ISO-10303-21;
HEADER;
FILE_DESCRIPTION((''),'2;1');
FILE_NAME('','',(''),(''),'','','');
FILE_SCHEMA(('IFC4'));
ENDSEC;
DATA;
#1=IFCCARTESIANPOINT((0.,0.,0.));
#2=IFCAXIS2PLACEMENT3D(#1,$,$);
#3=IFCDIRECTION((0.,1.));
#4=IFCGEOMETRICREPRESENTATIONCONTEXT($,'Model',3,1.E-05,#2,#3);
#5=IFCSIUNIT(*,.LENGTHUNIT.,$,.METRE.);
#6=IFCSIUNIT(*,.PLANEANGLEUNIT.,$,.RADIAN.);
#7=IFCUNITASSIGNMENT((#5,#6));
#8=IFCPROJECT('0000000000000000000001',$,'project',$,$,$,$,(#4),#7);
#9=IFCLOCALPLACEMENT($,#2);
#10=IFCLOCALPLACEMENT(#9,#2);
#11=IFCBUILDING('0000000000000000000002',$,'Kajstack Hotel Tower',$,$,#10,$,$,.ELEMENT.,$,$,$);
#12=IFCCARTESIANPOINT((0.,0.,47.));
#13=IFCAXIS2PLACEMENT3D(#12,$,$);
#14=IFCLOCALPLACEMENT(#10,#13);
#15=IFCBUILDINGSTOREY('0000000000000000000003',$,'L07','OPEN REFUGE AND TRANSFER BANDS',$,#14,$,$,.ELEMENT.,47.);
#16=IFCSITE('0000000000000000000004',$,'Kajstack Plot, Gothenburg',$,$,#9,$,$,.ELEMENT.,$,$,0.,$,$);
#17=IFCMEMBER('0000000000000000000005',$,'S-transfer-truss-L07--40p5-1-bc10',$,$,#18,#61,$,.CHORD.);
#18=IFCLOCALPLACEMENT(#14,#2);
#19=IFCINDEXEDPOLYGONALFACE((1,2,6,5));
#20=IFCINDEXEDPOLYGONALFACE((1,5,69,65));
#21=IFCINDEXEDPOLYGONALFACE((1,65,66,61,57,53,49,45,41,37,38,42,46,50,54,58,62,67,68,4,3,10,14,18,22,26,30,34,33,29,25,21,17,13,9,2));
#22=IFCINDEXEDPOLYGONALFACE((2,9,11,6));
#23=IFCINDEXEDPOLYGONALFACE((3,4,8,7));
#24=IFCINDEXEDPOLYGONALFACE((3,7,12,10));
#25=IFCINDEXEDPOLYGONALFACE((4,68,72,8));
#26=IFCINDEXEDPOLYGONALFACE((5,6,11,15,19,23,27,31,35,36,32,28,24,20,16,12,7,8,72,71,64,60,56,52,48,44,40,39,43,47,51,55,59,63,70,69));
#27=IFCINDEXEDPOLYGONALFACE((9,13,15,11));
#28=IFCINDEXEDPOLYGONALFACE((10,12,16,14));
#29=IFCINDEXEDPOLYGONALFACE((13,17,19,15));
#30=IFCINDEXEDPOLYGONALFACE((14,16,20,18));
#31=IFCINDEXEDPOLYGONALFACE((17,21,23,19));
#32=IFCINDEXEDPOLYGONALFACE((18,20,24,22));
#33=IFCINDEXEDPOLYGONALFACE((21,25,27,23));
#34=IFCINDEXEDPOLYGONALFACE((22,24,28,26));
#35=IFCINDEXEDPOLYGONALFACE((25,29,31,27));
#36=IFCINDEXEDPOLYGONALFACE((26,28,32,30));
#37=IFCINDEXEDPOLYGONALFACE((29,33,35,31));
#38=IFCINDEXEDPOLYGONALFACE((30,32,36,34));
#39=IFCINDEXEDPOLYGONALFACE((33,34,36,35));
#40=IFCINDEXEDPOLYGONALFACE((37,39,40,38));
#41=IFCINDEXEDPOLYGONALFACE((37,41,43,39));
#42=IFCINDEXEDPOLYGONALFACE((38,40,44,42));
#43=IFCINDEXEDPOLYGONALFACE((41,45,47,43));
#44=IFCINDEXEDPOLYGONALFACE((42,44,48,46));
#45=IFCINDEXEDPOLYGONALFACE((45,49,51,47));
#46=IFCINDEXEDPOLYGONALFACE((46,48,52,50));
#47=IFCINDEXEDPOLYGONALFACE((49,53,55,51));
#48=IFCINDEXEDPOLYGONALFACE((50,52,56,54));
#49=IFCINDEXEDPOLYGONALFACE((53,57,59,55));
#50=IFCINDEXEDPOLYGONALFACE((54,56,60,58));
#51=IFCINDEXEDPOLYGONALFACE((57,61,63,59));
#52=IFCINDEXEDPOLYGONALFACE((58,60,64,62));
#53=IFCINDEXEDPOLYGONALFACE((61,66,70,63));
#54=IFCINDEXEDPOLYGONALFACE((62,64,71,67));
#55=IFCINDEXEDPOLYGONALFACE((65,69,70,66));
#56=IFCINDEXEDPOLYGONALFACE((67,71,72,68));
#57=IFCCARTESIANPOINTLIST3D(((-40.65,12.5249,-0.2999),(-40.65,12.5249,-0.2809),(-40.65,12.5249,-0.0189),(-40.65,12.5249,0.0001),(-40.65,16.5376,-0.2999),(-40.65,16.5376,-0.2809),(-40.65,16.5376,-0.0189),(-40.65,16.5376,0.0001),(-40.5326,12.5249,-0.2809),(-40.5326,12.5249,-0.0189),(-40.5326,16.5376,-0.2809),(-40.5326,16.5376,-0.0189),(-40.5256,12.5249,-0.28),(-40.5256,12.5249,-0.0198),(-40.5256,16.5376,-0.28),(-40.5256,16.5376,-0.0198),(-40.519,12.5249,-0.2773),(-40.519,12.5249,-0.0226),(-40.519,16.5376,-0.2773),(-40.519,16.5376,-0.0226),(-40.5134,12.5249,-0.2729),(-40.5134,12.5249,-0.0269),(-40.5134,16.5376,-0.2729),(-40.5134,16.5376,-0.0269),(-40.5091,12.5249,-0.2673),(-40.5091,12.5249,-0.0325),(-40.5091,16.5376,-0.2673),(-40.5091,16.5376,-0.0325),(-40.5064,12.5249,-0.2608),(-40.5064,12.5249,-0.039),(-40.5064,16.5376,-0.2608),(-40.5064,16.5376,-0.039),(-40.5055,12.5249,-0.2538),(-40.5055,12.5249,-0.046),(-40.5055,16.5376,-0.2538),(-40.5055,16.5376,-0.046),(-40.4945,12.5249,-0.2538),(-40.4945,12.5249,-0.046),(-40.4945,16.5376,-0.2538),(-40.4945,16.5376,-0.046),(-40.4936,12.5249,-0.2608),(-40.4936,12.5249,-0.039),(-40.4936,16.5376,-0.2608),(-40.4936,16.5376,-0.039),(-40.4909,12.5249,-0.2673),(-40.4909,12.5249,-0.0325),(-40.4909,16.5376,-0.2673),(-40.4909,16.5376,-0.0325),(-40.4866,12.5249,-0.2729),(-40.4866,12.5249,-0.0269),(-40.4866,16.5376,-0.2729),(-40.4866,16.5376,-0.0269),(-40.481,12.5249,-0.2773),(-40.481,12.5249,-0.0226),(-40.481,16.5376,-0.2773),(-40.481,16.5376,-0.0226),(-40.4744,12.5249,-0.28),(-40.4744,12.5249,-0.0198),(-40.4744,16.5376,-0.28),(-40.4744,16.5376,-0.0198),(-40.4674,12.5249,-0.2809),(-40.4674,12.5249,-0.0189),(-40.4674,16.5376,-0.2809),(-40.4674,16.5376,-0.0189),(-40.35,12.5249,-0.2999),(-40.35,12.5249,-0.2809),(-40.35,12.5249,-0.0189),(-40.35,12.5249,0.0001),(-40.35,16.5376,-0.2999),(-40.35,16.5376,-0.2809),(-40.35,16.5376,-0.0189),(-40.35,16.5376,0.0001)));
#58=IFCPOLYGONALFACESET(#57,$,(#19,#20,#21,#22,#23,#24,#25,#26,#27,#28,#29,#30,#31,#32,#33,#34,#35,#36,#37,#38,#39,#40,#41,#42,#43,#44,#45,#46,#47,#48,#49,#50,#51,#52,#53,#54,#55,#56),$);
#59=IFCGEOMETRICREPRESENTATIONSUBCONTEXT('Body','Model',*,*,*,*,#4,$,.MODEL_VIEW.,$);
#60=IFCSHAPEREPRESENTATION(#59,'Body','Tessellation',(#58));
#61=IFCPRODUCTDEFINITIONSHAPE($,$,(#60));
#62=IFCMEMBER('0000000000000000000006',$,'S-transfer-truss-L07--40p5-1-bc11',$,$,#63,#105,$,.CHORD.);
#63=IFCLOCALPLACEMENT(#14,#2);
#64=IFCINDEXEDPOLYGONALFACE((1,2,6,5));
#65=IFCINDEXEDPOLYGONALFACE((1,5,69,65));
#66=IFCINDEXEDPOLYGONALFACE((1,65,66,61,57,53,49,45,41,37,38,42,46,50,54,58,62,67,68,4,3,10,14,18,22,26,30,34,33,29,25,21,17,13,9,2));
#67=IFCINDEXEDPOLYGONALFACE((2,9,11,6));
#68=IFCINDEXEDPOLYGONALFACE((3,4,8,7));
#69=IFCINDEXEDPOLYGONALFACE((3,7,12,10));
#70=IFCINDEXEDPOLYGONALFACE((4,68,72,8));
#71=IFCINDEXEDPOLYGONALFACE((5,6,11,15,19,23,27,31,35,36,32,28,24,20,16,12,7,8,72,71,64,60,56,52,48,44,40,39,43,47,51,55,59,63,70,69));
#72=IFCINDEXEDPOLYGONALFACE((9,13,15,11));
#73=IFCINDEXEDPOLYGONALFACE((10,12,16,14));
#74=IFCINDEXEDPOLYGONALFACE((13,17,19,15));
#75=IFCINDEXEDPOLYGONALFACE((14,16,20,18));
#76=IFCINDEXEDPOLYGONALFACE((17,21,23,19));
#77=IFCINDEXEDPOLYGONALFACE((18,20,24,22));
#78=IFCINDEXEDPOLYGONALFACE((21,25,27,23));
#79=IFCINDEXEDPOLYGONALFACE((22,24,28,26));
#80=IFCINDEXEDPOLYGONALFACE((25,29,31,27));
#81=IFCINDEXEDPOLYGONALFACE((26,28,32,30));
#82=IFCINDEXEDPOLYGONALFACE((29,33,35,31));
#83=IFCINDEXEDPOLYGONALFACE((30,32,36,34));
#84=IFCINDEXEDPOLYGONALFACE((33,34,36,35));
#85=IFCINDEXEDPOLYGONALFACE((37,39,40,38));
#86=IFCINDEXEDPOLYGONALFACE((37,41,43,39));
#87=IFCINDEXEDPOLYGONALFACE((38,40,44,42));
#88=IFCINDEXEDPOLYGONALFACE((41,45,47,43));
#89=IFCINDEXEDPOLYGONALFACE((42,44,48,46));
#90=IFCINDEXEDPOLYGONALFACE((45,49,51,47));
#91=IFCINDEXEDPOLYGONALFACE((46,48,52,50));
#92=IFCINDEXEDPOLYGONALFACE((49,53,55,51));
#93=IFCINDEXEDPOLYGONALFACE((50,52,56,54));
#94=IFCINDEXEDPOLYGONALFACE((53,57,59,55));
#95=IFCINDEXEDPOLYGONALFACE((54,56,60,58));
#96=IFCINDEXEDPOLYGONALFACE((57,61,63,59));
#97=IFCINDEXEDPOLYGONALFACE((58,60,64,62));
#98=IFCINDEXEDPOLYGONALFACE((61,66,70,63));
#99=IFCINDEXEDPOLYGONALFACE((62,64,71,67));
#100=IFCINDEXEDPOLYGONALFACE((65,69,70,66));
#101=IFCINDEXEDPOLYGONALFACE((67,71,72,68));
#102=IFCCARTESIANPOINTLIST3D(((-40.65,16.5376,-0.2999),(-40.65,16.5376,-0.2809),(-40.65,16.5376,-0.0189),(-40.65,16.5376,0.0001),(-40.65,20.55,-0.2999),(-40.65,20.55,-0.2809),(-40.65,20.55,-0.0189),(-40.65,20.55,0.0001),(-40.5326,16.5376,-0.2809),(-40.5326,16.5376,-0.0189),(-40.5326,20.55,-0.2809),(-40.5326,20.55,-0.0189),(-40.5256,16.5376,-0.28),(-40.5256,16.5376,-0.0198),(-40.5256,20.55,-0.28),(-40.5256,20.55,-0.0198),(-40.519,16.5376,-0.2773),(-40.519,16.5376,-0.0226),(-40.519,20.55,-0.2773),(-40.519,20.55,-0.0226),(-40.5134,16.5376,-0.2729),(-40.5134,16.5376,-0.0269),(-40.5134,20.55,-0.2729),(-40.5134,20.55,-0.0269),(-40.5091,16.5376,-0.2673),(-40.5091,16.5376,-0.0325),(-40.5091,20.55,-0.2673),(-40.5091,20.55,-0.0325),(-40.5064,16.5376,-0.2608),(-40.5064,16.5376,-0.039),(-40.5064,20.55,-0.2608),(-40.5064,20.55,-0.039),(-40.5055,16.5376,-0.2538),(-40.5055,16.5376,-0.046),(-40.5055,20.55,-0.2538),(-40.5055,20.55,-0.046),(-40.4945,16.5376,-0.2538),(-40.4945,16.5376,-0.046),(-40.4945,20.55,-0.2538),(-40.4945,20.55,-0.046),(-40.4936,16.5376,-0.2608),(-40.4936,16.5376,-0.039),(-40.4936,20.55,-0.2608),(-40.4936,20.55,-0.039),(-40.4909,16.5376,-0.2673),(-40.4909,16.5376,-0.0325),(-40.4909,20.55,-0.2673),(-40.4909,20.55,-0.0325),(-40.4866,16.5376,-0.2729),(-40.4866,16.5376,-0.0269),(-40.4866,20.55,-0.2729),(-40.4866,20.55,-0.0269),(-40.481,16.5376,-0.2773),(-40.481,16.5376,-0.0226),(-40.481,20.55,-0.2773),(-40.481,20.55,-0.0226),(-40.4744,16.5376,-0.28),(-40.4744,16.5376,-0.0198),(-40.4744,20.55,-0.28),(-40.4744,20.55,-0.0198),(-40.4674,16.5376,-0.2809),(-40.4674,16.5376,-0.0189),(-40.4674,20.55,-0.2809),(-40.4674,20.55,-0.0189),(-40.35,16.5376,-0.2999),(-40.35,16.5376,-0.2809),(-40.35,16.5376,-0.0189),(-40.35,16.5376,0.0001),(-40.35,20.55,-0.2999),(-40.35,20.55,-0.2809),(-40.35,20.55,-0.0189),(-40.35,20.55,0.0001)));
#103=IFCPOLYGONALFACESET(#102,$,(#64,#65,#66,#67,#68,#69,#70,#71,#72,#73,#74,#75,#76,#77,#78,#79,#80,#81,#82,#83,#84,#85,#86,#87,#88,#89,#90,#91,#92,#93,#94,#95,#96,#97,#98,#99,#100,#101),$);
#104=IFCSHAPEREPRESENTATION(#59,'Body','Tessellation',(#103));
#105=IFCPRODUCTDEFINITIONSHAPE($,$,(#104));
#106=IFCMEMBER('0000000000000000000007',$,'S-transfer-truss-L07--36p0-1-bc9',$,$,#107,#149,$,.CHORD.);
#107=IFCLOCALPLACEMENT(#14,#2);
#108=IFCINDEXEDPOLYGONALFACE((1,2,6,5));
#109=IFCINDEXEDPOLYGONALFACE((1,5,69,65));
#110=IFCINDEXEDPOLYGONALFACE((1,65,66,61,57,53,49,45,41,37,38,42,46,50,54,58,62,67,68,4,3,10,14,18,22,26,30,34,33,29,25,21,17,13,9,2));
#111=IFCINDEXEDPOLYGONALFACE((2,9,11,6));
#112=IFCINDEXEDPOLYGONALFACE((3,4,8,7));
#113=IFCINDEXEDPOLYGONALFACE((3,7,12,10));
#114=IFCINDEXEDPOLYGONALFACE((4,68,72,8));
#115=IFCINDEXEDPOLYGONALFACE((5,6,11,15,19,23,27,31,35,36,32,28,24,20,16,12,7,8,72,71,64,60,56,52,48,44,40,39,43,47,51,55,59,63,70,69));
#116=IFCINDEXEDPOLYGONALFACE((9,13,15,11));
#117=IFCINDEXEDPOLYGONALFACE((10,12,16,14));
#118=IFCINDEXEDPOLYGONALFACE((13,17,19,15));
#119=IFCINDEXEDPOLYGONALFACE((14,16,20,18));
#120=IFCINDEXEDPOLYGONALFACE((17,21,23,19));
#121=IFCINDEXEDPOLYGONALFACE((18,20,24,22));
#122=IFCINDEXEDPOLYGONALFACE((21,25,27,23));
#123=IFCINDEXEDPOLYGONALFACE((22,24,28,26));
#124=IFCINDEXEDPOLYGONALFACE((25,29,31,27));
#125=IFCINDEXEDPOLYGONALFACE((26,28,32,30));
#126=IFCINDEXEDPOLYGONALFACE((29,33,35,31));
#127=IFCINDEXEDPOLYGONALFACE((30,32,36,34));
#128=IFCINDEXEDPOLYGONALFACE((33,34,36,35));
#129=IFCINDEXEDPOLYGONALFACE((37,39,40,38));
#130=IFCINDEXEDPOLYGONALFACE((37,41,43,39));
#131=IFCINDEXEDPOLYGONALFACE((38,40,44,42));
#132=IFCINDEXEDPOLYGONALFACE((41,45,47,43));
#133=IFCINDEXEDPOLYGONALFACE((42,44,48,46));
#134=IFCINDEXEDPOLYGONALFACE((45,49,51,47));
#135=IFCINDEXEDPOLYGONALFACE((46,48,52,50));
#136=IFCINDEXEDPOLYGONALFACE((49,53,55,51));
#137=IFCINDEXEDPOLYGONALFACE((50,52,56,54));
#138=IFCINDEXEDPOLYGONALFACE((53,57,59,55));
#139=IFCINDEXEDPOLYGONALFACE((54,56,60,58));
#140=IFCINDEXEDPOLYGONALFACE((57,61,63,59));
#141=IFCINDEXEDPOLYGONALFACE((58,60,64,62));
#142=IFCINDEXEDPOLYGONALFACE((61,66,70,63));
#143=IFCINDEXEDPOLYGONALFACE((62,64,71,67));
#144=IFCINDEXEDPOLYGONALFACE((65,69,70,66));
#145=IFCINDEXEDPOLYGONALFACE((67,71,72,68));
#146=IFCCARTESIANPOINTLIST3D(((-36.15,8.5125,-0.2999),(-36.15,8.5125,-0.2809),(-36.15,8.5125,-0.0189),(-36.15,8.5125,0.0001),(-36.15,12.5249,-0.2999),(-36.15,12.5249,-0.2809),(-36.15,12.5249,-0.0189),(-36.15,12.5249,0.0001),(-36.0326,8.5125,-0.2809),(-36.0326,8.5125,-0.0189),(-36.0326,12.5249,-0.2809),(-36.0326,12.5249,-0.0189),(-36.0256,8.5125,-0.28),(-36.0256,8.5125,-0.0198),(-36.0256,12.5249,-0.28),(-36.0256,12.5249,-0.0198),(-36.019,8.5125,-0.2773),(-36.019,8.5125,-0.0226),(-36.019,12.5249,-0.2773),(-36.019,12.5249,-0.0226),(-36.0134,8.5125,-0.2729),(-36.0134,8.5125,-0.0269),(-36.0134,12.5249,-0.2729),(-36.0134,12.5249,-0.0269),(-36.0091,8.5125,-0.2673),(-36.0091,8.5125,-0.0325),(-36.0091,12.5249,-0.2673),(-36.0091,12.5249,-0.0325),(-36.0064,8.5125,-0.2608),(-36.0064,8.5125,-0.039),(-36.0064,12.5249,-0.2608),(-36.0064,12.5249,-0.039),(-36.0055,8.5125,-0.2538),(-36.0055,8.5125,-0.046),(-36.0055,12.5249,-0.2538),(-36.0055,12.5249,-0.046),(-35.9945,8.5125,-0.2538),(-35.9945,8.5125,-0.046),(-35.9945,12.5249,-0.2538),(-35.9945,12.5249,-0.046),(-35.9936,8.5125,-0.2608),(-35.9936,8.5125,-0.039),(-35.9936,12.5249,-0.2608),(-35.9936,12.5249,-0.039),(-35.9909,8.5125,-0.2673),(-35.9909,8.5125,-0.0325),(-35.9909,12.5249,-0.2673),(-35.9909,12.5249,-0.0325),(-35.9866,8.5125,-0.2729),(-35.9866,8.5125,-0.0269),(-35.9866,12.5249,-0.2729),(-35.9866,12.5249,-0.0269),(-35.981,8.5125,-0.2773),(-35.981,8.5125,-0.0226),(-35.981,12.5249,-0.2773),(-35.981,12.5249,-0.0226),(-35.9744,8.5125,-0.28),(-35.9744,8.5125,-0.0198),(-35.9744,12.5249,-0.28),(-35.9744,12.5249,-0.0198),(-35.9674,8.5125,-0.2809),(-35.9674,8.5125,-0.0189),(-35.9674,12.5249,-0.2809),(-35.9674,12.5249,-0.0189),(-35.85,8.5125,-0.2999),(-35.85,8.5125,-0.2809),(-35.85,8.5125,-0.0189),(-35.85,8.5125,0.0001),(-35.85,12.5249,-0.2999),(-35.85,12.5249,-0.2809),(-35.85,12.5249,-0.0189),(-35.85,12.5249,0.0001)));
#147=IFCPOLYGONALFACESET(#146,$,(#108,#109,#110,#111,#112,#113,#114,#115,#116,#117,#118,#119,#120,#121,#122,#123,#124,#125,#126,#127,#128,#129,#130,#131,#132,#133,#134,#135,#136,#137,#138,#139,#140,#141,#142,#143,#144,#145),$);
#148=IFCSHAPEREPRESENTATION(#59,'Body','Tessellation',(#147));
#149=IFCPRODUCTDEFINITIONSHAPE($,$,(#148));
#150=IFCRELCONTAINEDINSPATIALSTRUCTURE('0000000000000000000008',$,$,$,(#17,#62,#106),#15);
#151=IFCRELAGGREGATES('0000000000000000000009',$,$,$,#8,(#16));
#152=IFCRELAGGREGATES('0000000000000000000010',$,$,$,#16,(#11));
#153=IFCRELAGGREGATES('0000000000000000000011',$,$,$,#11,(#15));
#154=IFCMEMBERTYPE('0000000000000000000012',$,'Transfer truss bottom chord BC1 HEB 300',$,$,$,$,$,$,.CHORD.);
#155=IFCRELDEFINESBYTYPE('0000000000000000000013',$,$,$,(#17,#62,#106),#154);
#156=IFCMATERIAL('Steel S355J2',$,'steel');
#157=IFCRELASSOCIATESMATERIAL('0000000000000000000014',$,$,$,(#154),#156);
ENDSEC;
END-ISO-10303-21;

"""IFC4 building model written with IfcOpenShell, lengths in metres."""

from ifc_helpers import new_model, si_unit, direction, frame, origin, origin_2d, place, context, subcontext, project, spatial, i_section, extrude, material, material_profile, profile_set, type_object, element, save


model = new_model("IFC4")

# Units and contexts
model_context = context("Model", 3, precision=1e-05, world=origin(), true_north=direction((0.0, 1.0)))
body_context = subcontext(model_context, "Body", "Model", "MODEL_VIEW")
ifc_project = project(units=[si_unit("LENGTHUNIT", "METRE"), si_unit("PLANEANGLEUNIT", "RADIAN")], contexts=[model_context])

# Site, building, storey
site_placement = place(None, origin())
site = spatial("IfcSite", under=ifc_project, at=site_placement, Name="Kajstack Plot, Gothenburg", CompositionType="ELEMENT", RefElevation=0.0)
building_placement = place(site_placement, origin())
building = spatial("IfcBuilding", under=site, at=building_placement, Name="Kajstack Hotel Tower", CompositionType="ELEMENT")
storey_placement = place(building_placement, frame((0.0, 0.0, 47.0)))
storey = spatial("IfcBuildingStorey", under=building, at=storey_placement, Name="L07", Description="OPEN REFUGE AND TRANSFER BANDS", CompositionType="ELEMENT", Elevation=47.0)

# Members
ifc_material_1 = material(Name="Steel S355J2", Category="steel")
ifc_material_profile_1 = material_profile(ifc_material_1, i_section(OverallWidth=0.3, OverallDepth=0.3, WebThickness=0.011, FlangeThickness=0.019, FilletRadius=0.0271, at=origin_2d()), Name="HEB 300")
ifc_profile_set_1 = profile_set([ifc_material_profile_1], Name="Steel S355J2")
member_type_1 = type_object("IfcMemberType", Name="Transfer truss bottom chord BC1 HEB 300", PredefinedType="CHORD", material=ifc_profile_set_1)
member_1_placement = place(storey_placement, frame((-40.5, 12.5249, -0.1499), z_axis=(0.0, 1.0, 0.0), x_axis=(-1.0, 0.0, 0.0)))
element("IfcMember", 1, at=member_1_placement, inside=storey, type_object=member_type_1, Name="S-transfer-truss-L07--40p5-1-bc10", PredefinedType="CHORD", context=body_context, shape_type="SweptSolid", body=[
    extrude(i_section(OverallWidth=0.3, OverallDepth=0.3, WebThickness=0.011, FlangeThickness=0.019, FilletRadius=0.0271, at=origin_2d()), origin(), (0.0, 0.0, 1.0), 4.0127),
])
for number, where, z_axis, x_axis, name in (
    (2, (-40.5, 16.5376, -0.1499), (0.0, 1.0, 0.0), (-1.0, 0.0, 0.0), "S-transfer-truss-L07--40p5-1-bc11"),
    (3, (-36.0, 8.5125, -0.1499), (0.0, 1.0, 0.0), (-1.0, 0.0, 0.0), "S-transfer-truss-L07--36p0-1-bc9"),
):
    element("IfcMember", number, at=place(storey_placement, frame(where, z_axis=z_axis, x_axis=x_axis)), inside=storey, type_object=member_type_1, Name=name, PredefinedType="CHORD", context=body_context, shape_type="SweptSolid", body=[
        extrude(i_section(OverallWidth=0.3, OverallDepth=0.3, WebThickness=0.011, FlangeThickness=0.019, FilletRadius=0.0271, at=origin_2d()), origin(), (0.0, 0.0, 1.0), 4.0125),
    ])

save(model, "model.ifc")
